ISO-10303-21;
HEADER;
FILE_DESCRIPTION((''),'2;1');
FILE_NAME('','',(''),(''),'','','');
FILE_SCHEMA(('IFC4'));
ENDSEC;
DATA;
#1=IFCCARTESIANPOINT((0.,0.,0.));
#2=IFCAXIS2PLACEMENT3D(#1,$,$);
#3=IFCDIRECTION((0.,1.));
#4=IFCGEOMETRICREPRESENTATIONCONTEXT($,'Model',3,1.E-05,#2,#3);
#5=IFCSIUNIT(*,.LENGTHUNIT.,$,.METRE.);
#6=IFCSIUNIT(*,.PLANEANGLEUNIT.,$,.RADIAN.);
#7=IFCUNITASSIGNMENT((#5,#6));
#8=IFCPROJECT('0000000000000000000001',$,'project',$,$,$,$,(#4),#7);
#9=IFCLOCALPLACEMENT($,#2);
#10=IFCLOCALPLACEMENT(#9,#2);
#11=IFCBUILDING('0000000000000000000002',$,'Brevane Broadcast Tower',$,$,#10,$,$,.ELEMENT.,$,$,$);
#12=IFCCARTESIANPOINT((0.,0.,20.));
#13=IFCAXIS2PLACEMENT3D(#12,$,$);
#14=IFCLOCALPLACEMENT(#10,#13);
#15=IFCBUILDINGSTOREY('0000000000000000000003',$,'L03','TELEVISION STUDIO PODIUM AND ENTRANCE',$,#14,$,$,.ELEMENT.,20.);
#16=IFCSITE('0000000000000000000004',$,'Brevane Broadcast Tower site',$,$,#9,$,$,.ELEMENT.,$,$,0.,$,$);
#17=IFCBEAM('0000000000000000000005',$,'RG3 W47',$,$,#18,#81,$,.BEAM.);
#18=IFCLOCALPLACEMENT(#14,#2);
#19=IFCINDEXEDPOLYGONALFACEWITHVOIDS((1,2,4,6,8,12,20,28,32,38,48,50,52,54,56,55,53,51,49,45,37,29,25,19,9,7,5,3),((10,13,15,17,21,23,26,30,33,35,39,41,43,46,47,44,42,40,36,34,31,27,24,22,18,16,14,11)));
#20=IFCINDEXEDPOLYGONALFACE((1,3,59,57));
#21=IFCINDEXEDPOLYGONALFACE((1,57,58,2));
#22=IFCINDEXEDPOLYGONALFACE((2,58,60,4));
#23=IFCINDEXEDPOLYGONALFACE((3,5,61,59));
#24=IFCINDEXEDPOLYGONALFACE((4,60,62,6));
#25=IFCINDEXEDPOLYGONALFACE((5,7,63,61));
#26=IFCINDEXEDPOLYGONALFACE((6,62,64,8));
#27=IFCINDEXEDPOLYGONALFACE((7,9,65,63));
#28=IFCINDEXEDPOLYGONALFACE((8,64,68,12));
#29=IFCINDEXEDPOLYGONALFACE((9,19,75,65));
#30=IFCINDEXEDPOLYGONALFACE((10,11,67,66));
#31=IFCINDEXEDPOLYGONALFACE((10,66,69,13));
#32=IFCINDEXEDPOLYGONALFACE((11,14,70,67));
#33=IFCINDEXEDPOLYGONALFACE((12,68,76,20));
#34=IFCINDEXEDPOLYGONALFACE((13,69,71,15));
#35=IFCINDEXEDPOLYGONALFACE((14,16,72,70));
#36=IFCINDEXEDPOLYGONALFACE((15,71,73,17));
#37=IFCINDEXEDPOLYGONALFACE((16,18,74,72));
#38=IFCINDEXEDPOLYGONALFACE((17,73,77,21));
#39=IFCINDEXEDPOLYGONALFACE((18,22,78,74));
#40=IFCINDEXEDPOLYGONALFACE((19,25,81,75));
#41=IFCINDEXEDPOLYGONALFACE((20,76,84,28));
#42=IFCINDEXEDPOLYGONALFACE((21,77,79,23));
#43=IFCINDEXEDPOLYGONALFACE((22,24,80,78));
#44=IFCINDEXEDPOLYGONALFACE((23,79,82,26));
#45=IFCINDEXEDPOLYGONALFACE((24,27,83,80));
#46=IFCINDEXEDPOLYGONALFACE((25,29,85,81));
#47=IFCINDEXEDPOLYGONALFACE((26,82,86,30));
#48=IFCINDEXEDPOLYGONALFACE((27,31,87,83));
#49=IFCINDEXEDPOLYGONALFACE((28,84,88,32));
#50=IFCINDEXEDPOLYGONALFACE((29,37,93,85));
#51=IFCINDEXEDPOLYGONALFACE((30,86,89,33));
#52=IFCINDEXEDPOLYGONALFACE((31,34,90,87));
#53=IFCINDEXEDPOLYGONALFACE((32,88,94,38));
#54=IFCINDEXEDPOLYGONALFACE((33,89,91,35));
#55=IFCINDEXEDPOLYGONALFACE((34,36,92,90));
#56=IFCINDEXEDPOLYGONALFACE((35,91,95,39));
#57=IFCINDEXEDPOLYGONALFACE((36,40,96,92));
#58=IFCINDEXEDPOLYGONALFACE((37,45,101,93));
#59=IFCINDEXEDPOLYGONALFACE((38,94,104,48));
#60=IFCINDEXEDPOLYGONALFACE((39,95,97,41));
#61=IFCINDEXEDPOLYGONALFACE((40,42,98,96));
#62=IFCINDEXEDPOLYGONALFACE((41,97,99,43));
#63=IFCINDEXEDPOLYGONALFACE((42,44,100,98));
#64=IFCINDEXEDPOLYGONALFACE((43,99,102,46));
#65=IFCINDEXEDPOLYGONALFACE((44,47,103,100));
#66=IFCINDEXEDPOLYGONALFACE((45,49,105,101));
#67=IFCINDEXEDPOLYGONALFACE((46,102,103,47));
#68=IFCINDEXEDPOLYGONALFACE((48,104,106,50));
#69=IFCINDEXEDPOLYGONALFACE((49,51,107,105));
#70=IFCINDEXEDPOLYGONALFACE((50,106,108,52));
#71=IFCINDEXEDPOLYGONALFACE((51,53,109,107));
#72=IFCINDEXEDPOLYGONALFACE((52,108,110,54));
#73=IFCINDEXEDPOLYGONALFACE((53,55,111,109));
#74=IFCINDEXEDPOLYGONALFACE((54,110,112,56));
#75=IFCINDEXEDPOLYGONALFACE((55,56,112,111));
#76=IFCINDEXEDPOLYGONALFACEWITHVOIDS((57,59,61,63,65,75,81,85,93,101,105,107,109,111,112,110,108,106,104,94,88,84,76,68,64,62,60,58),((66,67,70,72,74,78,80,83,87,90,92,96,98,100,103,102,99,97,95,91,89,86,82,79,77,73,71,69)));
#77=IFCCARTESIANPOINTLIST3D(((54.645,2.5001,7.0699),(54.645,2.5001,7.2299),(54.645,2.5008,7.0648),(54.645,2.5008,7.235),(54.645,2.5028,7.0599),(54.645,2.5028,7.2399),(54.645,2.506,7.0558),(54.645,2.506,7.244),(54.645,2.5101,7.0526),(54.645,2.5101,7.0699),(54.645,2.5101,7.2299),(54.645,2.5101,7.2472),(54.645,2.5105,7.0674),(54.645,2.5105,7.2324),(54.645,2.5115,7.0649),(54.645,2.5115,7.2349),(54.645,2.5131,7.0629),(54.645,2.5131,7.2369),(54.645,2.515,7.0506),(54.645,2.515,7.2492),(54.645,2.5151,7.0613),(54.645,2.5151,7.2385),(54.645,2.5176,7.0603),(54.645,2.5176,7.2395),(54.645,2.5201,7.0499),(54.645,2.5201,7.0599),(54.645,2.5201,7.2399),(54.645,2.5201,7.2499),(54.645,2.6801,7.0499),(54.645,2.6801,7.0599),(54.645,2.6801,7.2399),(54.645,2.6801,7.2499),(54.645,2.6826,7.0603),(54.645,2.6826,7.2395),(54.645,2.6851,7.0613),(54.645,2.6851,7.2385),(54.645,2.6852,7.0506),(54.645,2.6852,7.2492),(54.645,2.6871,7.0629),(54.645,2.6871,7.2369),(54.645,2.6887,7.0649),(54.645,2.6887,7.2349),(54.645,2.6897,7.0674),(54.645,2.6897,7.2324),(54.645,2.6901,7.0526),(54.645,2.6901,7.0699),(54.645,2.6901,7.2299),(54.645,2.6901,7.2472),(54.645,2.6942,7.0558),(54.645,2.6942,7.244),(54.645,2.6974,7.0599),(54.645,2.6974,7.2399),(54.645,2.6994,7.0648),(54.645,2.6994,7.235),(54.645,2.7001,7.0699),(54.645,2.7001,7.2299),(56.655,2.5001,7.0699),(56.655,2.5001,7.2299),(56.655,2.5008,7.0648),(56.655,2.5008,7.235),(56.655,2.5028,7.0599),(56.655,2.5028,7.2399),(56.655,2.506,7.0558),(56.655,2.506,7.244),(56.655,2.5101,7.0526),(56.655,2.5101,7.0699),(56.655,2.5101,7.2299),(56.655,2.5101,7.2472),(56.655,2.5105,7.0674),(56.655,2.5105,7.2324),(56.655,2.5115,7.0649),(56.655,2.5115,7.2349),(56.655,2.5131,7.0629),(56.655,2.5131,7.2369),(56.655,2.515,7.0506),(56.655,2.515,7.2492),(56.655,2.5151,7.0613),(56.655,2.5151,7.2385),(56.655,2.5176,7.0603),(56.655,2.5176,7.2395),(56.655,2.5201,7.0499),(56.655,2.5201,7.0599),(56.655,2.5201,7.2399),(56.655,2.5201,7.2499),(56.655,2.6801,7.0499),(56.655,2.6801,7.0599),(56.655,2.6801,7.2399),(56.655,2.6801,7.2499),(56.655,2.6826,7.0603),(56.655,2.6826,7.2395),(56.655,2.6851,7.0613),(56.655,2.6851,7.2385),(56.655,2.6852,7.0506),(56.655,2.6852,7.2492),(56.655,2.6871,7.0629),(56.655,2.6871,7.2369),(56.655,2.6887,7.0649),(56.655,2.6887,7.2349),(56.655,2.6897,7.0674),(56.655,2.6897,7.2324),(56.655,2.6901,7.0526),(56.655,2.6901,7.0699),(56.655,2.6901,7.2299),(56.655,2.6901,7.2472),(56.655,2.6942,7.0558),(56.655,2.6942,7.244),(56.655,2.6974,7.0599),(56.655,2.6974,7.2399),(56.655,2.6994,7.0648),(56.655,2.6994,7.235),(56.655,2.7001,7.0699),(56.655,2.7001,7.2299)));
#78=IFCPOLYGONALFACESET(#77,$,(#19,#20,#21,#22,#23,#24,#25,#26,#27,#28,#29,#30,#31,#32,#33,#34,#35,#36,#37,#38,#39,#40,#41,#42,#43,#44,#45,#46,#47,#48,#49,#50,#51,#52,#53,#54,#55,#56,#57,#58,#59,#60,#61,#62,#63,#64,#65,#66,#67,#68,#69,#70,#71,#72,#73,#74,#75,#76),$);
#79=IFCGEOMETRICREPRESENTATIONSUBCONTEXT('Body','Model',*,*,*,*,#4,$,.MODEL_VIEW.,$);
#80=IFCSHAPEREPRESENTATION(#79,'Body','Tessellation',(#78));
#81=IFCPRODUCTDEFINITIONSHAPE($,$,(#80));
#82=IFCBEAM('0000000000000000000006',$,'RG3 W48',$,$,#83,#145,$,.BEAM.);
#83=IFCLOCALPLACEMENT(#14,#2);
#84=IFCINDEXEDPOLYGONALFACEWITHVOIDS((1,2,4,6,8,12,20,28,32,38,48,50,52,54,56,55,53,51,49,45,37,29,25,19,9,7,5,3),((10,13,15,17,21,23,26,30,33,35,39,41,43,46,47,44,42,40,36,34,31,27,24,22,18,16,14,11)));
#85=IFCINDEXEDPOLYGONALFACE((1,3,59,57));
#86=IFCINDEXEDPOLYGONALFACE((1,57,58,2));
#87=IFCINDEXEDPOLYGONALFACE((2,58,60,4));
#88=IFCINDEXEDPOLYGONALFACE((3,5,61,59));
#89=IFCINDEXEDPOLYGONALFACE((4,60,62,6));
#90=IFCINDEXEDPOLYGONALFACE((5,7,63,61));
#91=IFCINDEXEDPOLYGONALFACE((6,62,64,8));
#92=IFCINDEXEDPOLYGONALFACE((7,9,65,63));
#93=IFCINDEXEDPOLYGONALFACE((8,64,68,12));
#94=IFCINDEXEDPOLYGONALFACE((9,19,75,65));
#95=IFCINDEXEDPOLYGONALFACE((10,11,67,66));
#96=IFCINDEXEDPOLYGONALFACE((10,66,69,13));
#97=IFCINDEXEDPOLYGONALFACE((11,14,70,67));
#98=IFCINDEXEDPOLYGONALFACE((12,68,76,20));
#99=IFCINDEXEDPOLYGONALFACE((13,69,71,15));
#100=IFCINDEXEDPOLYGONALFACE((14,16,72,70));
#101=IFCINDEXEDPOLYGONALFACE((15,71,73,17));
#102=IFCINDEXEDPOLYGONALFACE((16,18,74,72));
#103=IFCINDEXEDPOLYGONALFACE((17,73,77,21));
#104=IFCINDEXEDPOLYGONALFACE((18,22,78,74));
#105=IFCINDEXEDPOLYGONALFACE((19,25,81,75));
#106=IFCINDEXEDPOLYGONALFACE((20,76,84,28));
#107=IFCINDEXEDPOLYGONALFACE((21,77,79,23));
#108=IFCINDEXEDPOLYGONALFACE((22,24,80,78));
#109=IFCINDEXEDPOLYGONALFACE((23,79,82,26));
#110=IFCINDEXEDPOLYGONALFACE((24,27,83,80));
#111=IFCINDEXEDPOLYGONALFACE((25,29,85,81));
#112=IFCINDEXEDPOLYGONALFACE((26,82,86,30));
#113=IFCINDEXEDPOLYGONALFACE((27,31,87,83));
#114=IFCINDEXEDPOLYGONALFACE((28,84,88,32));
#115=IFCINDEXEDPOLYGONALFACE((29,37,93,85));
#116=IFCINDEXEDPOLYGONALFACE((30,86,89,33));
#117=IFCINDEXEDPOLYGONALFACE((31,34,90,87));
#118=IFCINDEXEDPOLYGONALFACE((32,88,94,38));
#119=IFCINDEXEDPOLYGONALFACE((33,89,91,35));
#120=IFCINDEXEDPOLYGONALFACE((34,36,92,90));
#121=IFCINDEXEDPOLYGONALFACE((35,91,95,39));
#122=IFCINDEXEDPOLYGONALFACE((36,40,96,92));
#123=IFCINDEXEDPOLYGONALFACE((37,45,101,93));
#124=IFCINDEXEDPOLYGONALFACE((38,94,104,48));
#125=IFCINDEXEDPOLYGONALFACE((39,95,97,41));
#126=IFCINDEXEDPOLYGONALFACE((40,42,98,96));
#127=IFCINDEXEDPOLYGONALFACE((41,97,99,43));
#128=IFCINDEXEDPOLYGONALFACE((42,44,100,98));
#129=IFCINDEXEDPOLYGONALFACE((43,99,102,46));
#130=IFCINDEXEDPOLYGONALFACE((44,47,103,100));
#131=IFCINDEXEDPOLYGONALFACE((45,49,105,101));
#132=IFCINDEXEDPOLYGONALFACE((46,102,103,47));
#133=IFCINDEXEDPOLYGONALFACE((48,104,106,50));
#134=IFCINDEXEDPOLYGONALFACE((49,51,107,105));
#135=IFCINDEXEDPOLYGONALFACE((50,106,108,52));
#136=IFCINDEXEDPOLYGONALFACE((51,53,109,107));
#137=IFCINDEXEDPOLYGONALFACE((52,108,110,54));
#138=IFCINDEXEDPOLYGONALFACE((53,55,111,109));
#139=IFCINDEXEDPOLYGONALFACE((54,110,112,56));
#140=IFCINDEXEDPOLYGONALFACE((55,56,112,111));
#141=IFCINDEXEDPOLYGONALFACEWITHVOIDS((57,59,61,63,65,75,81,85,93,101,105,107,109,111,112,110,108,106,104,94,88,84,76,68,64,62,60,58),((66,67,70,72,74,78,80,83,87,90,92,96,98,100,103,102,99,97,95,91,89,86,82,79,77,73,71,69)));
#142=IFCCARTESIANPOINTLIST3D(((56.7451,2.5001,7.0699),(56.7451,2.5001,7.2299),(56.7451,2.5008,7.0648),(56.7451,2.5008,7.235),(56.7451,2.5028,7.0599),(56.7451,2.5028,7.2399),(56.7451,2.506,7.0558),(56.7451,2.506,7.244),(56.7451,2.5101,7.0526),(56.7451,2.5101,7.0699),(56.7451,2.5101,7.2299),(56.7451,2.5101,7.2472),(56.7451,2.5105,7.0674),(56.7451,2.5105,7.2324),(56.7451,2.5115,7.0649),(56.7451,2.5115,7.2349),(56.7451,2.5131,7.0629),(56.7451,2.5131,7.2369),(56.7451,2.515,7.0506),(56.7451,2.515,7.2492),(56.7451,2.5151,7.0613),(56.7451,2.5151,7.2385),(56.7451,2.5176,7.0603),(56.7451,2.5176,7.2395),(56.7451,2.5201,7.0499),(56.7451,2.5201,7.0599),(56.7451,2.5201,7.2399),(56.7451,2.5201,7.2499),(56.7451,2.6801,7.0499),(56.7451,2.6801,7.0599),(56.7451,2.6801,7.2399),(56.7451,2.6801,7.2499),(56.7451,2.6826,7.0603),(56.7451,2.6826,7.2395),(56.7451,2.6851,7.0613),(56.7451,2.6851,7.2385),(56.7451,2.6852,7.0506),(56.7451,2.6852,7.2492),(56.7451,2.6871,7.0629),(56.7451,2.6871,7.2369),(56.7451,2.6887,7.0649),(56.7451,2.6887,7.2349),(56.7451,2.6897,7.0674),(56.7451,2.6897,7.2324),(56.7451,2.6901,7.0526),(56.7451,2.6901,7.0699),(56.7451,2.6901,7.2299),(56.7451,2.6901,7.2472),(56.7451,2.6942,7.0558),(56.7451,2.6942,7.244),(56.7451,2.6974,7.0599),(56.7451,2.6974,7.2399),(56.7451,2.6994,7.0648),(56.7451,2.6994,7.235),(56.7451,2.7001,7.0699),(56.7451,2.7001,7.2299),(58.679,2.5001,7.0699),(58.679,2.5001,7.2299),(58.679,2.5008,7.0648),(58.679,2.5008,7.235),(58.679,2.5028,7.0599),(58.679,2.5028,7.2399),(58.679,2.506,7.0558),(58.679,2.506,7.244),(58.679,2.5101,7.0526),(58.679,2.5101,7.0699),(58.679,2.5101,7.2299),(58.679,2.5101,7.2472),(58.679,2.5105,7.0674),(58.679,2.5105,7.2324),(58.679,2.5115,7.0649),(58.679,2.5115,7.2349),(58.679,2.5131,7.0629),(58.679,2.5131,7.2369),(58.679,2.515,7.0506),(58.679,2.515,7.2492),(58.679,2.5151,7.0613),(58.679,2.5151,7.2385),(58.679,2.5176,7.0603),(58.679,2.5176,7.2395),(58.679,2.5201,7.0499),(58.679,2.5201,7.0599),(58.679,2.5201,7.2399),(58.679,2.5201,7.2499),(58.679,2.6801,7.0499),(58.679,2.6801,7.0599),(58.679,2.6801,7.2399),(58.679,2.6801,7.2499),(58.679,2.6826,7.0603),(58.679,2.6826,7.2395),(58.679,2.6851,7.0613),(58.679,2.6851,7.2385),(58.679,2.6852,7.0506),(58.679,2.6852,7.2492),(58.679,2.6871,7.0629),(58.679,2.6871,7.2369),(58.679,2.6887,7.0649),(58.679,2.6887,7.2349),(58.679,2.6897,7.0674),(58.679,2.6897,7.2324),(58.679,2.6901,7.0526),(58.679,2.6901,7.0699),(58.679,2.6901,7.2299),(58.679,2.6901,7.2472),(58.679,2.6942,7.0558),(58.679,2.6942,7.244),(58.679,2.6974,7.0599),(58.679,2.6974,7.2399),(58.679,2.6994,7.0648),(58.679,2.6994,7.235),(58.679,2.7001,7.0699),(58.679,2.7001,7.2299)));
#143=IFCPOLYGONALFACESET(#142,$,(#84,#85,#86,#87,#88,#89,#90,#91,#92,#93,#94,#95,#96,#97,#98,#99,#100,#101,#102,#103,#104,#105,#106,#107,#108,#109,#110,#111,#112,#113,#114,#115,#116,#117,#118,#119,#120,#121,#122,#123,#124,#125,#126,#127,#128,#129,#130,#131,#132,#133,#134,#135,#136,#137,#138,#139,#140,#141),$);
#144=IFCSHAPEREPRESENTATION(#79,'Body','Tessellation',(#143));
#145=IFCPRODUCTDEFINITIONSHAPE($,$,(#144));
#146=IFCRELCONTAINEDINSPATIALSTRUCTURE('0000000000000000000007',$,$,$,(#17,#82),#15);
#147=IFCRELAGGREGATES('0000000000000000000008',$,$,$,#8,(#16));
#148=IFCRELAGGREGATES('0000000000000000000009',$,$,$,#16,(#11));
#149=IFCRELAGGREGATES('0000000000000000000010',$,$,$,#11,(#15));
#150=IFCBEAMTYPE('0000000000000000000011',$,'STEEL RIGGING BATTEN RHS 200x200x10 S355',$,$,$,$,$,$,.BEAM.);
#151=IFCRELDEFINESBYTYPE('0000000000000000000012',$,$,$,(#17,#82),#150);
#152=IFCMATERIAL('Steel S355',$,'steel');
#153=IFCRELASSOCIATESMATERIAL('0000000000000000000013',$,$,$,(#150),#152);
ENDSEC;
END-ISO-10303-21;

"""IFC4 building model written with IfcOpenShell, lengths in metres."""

from ifc_helpers import new_model, si_unit, direction, frame, origin, origin_2d, place, context, subcontext, project, spatial, hollow_rectangle, extrude, material, material_profile, profile_set, type_object, element, save


model = new_model("IFC4")

# Units and contexts
model_context = context("Model", 3, precision=1e-05, world=origin(), true_north=direction((0.0, 1.0)))
body_context = subcontext(model_context, "Body", "Model", "MODEL_VIEW")
ifc_project = project(units=[si_unit("LENGTHUNIT", "METRE"), si_unit("PLANEANGLEUNIT", "RADIAN")], contexts=[model_context])

# Site, building, storey
site_placement = place(None, origin())
site = spatial("IfcSite", under=ifc_project, at=site_placement, Name="Brevane Broadcast Tower site", CompositionType="ELEMENT", RefElevation=0.0)
building_placement = place(site_placement, origin())
building = spatial("IfcBuilding", under=site, at=building_placement, Name="Brevane Broadcast Tower", CompositionType="ELEMENT")
storey_placement = place(building_placement, frame((0.0, 0.0, 20.0)))
storey = spatial("IfcBuildingStorey", under=building, at=storey_placement, Name="L03", Description="TELEVISION STUDIO PODIUM AND ENTRANCE", CompositionType="ELEMENT", Elevation=20.0)

# Beams
ifc_material_1 = material(Name="Steel S355", Category="steel")
ifc_material_profile_1 = material_profile(ifc_material_1, hollow_rectangle(XDim=0.2, YDim=0.2, WallThickness=0.01, InnerFilletRadius=0.01, OuterFilletRadius=0.02, at=origin_2d()), Name="RHS 200x200x10")
ifc_profile_set_1 = profile_set([ifc_material_profile_1], Name="Steel S355")
beam_type_1 = type_object("IfcBeamType", Name="STEEL RIGGING BATTEN RHS 200x200x10 S355", PredefinedType="BEAM", material=ifc_profile_set_1)
beam_1_placement = place(storey_placement, frame((54.645, 2.6001, 7.1499), z_axis=(1.0, 0.0, 0.0), x_axis=(0.0, 1.0, 0.0)))
element("IfcBeam", 1, at=beam_1_placement, inside=storey, type_object=beam_type_1, Name="RG3 W47", PredefinedType="BEAM", context=body_context, shape_type="SweptSolid", body=[
    extrude(hollow_rectangle(XDim=0.2, YDim=0.2, WallThickness=0.01, InnerFilletRadius=0.01, OuterFilletRadius=0.02, at=origin_2d()), origin(), (0.0, 0.0, 1.0), 2.01),
])
beam_2_placement = place(storey_placement, frame((56.7451, 2.6001, 7.1499), z_axis=(1.0, 0.0, 0.0), x_axis=(0.0, 1.0, 0.0)))
element("IfcBeam", 2, at=beam_2_placement, inside=storey, type_object=beam_type_1, Name="RG3 W48", PredefinedType="BEAM", context=body_context, shape_type="SweptSolid", body=[
    extrude(hollow_rectangle(XDim=0.2, YDim=0.2, WallThickness=0.01, InnerFilletRadius=0.01, OuterFilletRadius=0.02, at=origin_2d()), origin(), (0.0, 0.0, 1.0), 1.9338),
])

save(model, "model.ifc")
